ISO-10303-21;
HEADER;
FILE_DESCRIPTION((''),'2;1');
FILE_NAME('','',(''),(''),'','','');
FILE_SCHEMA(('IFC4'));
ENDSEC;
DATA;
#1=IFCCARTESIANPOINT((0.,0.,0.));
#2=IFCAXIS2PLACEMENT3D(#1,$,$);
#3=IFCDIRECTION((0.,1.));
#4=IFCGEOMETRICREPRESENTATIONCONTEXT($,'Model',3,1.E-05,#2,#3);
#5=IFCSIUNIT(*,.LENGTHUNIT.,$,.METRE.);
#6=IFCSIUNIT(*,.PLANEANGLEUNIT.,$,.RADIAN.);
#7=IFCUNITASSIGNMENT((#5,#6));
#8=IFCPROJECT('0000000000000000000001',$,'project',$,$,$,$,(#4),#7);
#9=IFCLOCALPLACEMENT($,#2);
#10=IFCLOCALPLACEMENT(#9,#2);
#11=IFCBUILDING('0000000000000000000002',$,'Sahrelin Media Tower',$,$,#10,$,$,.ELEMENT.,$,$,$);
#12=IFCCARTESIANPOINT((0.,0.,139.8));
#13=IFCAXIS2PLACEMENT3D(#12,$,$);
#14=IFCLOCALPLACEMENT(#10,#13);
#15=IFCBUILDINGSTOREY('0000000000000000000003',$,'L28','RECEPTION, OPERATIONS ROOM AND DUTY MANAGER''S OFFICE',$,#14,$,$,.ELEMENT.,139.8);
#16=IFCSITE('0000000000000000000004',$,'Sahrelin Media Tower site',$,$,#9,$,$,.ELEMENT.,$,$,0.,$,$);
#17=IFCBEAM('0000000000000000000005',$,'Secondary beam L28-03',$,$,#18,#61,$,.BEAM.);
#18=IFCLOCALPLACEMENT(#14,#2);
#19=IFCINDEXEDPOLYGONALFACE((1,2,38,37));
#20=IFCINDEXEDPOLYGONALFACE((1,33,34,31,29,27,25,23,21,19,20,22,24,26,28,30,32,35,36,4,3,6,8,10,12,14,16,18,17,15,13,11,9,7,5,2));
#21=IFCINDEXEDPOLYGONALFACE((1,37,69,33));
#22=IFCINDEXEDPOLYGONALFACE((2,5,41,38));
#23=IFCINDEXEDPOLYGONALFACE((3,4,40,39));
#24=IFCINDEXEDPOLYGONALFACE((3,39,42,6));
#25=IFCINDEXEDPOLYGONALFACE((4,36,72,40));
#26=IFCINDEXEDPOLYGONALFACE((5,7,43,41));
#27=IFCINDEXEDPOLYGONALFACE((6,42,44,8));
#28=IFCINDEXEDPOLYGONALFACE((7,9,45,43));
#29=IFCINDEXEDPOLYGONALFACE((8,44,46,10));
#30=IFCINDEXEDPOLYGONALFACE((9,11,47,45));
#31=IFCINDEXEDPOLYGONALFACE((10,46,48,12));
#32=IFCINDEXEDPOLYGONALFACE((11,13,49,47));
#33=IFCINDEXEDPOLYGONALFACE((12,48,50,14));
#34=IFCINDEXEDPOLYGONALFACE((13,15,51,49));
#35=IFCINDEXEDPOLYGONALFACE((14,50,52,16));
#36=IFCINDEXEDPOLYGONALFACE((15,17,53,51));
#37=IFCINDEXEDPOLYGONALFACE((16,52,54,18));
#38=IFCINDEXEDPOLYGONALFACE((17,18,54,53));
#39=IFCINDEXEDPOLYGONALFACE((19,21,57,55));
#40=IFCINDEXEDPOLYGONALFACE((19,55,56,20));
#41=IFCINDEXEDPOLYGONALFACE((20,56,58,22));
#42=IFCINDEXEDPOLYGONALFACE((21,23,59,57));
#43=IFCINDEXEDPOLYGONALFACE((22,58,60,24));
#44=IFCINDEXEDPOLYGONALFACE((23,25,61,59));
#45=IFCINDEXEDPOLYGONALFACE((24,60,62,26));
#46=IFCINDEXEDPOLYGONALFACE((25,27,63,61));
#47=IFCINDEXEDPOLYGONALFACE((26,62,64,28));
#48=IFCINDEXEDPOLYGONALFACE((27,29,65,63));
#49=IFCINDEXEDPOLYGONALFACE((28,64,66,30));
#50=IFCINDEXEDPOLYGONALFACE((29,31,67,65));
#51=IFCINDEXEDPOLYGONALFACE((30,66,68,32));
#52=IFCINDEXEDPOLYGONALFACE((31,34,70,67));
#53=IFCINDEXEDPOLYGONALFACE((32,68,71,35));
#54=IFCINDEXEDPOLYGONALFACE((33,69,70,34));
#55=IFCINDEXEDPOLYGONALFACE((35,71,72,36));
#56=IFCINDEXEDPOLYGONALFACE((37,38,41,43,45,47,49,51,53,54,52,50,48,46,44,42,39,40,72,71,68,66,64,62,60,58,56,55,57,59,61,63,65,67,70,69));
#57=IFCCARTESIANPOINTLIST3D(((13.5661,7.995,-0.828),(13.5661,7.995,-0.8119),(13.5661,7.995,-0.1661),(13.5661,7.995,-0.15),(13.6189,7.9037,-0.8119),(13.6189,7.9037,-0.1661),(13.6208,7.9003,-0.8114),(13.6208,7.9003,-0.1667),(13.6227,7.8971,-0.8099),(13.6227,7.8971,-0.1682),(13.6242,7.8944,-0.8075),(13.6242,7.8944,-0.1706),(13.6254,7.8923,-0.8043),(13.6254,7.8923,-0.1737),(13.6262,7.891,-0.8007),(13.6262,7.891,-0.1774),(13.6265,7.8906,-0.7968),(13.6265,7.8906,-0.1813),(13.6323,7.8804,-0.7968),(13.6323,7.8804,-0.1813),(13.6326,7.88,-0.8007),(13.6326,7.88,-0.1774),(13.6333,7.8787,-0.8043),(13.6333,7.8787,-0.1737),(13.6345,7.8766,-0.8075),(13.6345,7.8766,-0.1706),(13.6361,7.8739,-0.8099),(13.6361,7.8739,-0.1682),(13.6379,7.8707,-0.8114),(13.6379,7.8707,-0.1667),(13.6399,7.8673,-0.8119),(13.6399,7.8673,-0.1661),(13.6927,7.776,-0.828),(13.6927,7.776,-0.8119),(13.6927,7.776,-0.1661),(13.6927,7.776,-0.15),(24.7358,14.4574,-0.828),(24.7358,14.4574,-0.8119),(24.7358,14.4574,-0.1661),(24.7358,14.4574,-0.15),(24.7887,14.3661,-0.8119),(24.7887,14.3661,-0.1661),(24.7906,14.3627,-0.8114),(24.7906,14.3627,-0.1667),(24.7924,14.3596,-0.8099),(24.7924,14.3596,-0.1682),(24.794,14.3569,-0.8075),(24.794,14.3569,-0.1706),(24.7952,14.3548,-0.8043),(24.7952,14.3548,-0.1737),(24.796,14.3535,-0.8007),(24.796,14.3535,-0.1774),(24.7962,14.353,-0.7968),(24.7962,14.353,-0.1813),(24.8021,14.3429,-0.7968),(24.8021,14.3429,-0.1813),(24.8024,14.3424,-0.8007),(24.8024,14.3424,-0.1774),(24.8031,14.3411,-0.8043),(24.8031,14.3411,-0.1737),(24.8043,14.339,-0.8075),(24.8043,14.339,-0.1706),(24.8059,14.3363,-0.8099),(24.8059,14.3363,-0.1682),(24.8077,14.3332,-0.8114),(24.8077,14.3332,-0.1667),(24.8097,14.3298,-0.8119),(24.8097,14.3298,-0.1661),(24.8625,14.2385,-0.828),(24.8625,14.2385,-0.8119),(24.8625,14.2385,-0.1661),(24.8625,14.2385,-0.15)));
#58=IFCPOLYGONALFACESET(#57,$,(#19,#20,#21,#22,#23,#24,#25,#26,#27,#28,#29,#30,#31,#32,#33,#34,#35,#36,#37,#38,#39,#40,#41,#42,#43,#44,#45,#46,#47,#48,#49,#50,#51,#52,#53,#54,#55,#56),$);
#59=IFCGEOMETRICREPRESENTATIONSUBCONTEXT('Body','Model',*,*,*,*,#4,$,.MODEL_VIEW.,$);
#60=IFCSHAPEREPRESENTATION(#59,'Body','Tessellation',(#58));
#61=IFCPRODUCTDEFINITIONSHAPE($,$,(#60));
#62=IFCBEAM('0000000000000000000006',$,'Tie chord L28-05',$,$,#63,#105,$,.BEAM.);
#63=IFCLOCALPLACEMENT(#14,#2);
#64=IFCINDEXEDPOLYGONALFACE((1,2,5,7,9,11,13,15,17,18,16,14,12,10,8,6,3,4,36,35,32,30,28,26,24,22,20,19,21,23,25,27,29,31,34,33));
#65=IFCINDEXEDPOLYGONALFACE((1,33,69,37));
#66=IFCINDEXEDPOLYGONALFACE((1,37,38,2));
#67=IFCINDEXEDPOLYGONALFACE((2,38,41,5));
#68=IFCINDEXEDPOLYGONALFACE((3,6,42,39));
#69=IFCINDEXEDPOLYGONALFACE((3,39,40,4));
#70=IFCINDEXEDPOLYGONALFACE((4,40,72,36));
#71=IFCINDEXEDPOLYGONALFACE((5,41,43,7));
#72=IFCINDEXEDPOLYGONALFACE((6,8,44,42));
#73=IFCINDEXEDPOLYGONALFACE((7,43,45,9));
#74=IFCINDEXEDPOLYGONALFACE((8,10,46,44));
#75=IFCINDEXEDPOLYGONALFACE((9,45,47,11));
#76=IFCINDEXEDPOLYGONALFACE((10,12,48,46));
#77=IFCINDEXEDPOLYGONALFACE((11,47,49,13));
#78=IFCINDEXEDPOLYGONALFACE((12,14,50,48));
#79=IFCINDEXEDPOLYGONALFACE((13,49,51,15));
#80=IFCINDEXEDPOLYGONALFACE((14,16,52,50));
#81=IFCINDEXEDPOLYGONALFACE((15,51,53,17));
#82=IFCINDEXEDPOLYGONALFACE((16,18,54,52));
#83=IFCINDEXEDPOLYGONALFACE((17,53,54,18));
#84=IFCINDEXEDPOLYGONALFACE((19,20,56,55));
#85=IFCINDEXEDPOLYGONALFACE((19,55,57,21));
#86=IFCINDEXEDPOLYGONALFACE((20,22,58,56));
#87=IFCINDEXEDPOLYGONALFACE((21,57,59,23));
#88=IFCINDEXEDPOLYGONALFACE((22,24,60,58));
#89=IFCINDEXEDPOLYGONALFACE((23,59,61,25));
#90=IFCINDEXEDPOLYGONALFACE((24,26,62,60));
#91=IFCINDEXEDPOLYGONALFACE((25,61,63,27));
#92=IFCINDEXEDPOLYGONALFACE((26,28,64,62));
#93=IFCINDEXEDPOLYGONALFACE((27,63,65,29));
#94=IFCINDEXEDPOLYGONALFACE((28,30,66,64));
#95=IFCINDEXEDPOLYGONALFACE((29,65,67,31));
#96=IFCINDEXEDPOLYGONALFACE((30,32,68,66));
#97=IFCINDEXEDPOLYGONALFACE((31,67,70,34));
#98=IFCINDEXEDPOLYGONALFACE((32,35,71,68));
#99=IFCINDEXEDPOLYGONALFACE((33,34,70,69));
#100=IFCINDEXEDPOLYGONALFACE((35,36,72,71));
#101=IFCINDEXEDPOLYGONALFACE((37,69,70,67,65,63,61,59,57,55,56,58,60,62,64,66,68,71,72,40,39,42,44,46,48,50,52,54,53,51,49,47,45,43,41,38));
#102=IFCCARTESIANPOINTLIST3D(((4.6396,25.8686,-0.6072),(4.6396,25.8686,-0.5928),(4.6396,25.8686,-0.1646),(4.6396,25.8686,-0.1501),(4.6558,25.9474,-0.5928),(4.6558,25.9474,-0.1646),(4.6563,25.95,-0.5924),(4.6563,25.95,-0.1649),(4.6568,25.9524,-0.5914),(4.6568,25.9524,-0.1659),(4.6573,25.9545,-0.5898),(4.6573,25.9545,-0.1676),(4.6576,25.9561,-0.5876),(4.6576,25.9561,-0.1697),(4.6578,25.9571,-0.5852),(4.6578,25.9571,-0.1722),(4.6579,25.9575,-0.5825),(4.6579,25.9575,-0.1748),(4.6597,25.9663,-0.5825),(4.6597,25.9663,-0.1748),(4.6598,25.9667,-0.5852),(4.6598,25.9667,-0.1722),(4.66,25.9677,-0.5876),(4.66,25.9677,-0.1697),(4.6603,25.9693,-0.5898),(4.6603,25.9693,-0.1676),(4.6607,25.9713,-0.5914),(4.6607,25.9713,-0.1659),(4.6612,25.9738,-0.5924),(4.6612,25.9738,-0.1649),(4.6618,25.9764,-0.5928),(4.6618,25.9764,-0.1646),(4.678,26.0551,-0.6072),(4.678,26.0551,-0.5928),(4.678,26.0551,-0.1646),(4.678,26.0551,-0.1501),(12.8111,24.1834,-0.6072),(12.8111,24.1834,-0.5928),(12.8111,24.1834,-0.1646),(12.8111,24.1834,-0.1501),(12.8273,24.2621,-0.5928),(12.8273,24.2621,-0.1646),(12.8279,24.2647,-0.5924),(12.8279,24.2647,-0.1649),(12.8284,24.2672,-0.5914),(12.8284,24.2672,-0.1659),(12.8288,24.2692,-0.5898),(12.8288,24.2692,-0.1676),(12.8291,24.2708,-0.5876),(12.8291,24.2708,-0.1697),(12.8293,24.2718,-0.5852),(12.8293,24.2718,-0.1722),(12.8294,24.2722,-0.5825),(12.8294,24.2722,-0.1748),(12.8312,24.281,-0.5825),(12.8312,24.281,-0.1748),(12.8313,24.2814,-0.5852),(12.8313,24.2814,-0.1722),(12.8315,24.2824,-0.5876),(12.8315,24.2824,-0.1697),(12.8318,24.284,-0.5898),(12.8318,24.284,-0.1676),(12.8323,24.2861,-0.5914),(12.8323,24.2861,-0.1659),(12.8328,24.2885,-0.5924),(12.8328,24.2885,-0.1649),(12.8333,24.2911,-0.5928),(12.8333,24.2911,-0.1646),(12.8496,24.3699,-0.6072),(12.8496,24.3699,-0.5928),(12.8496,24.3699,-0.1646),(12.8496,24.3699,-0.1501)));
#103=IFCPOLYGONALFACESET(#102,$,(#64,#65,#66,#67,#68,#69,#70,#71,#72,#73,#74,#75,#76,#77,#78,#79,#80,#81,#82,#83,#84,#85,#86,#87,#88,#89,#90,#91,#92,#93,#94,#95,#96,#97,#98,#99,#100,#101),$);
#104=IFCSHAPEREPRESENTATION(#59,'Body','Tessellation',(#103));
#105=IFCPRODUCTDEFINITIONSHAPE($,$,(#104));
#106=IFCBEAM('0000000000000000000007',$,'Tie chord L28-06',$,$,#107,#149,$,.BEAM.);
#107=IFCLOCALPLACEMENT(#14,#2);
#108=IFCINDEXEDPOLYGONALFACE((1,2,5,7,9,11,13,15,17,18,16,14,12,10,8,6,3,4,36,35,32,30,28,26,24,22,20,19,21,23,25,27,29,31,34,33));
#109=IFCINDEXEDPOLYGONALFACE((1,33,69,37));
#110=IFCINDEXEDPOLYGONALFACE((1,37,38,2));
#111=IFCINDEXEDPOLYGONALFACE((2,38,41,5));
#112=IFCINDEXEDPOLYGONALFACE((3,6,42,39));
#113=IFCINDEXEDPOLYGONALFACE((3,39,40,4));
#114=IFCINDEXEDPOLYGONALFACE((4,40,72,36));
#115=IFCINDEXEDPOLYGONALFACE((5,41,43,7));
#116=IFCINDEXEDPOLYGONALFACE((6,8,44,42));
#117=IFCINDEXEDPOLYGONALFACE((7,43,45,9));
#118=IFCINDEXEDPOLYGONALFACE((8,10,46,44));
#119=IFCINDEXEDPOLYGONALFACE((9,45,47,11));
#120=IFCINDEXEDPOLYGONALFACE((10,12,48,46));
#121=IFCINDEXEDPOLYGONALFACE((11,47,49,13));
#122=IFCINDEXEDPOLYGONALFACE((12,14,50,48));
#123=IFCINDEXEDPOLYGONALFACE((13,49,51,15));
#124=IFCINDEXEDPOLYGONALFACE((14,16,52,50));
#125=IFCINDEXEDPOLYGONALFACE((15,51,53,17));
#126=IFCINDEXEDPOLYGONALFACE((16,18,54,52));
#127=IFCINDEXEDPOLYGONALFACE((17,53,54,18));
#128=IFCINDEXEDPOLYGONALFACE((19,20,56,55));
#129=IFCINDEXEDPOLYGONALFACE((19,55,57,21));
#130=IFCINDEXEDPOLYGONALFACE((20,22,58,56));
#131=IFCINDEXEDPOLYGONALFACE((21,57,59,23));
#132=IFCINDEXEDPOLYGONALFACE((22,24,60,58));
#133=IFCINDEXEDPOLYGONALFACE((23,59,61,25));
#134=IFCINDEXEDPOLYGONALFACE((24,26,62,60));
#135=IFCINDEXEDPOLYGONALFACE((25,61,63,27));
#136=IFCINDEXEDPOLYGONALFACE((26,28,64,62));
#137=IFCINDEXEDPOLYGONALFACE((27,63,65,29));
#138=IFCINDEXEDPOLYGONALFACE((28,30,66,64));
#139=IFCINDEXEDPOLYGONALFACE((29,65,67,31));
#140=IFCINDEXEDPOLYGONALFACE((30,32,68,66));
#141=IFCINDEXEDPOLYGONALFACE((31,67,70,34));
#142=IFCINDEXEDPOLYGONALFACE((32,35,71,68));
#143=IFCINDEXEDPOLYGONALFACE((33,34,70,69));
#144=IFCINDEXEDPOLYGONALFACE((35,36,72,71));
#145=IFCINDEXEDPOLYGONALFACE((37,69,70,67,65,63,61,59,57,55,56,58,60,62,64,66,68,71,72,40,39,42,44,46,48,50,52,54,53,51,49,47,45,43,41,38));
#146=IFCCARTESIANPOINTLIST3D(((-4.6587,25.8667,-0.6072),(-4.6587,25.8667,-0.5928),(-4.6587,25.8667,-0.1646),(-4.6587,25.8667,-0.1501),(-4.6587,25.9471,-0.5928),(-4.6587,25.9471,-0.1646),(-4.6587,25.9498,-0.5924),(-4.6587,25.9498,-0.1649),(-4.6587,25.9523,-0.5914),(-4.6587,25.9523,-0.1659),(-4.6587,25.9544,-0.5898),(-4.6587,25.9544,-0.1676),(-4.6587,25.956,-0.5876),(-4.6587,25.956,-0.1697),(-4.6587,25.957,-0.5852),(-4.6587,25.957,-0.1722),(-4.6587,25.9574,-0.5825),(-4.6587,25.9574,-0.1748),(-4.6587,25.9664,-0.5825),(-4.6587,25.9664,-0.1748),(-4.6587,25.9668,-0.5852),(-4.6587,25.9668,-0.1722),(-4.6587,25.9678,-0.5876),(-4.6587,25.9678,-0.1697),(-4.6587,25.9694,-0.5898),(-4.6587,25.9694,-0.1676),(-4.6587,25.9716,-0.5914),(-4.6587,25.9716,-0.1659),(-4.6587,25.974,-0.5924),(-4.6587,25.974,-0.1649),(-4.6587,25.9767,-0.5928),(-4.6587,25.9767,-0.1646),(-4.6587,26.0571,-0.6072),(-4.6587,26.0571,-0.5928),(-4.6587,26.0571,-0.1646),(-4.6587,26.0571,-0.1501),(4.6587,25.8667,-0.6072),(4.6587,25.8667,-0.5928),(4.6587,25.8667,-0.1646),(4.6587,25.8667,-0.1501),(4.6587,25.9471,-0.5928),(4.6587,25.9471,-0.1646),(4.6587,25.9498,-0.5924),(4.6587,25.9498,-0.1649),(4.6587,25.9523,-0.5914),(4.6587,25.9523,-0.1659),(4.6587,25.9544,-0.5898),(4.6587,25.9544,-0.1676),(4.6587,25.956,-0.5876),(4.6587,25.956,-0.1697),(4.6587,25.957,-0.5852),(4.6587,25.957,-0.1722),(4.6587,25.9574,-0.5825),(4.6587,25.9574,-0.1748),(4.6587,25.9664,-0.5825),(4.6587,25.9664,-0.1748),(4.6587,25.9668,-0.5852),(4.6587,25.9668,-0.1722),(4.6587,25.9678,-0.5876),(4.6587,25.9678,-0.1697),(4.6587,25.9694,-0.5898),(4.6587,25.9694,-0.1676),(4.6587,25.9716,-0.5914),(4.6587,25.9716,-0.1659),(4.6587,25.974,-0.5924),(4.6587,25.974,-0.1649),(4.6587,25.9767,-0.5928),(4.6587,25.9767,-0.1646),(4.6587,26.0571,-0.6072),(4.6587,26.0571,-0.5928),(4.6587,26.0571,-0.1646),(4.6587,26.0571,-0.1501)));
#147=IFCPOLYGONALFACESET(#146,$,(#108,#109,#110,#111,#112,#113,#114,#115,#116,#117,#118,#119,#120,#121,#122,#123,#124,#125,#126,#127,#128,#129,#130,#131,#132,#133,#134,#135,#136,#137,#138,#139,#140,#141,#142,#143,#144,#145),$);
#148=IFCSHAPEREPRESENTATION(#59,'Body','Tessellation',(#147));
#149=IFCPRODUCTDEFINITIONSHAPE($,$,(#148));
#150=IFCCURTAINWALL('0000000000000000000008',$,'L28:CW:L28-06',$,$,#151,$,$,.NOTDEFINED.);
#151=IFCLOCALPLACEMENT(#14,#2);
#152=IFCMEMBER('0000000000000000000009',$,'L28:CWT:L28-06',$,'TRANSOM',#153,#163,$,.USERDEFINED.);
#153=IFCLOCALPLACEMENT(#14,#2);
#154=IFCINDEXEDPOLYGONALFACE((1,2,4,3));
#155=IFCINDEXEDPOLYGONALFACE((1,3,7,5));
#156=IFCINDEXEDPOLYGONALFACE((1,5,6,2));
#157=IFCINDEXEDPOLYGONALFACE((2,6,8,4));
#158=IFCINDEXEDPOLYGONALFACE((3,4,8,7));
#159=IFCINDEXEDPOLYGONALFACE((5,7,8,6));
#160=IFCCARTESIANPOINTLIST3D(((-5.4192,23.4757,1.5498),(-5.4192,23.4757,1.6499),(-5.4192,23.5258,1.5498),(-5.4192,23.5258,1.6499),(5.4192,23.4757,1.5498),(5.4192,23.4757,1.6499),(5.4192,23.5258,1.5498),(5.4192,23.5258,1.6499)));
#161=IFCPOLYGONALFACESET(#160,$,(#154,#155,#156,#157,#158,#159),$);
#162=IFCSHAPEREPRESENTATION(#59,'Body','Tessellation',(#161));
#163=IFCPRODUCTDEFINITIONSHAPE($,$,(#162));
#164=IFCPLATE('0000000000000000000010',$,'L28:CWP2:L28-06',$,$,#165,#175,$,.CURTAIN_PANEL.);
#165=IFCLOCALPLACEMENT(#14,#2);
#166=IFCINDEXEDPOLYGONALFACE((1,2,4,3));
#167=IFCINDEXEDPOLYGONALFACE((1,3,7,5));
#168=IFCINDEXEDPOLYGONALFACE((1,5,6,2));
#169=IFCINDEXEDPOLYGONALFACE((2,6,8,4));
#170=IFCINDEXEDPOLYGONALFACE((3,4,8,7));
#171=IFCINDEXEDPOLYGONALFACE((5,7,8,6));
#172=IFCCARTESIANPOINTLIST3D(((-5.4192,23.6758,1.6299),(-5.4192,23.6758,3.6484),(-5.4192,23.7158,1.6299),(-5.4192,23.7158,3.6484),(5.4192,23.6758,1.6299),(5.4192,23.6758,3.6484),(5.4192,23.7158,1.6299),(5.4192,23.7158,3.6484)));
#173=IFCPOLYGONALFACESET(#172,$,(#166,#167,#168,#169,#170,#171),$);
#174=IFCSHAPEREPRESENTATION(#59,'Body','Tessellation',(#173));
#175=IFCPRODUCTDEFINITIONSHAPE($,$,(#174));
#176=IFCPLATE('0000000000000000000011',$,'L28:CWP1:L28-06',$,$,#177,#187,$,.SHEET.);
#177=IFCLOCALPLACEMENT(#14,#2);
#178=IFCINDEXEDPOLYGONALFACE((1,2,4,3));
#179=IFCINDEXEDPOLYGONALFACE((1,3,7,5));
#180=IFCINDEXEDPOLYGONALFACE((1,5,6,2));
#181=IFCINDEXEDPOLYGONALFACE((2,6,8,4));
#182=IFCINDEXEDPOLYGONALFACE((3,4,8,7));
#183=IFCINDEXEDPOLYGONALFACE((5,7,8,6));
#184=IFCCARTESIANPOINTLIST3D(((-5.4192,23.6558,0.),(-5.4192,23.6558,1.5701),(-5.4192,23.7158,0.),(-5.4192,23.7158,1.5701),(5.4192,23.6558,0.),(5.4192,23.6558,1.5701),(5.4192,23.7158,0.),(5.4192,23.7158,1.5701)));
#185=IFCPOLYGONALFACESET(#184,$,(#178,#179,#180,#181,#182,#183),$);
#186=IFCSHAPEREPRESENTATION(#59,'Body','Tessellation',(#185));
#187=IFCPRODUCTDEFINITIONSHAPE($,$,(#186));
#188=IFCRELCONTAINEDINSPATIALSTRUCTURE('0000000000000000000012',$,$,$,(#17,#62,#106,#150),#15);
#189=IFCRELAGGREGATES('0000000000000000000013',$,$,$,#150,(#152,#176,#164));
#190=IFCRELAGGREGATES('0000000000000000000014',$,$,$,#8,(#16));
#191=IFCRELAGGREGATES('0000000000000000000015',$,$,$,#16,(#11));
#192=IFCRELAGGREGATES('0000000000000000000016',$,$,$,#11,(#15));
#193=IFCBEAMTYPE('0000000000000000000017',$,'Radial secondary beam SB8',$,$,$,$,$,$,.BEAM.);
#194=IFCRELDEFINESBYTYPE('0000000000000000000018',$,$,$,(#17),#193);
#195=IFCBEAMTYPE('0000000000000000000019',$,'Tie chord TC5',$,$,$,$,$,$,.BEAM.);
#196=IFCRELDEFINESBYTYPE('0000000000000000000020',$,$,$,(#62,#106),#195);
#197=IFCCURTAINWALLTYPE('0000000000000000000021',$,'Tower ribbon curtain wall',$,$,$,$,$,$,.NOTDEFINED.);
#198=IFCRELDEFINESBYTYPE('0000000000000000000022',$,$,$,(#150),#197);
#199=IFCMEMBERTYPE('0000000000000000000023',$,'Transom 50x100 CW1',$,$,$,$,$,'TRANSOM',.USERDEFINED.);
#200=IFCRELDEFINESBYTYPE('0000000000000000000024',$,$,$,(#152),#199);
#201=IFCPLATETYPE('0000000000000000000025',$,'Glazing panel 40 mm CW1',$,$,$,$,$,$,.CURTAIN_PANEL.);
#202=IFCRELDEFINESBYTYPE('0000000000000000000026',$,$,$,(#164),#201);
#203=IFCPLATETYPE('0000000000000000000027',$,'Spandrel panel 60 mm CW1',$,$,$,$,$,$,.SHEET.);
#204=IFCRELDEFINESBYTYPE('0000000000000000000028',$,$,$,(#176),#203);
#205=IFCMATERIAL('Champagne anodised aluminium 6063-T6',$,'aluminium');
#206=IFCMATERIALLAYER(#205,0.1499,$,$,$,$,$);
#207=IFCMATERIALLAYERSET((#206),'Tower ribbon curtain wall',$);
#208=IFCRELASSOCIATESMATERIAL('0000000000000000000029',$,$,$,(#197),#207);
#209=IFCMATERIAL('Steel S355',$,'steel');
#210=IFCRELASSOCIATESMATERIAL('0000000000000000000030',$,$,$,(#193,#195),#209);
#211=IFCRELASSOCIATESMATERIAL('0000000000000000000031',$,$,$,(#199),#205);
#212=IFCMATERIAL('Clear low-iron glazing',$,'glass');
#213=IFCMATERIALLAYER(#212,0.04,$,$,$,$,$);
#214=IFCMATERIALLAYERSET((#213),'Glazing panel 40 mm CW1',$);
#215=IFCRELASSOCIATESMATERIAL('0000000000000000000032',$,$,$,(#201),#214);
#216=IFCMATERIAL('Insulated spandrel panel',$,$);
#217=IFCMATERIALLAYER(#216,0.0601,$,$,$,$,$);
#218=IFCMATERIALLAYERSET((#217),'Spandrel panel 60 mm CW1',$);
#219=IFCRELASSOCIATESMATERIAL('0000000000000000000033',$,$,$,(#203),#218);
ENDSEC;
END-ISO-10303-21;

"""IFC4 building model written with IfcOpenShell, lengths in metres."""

from ifc_helpers import new_model, si_unit, direction, frame, origin, origin_2d, place, context, subcontext, project, spatial, polyline, rectangle, i_section, outline, extrude, material, layer, layer_set, material_profile, profile_set, type_object, element, aggregate, save


model = new_model("IFC4")

# Units and contexts
model_context = context("Model", 3, precision=1e-05, world=origin(), true_north=direction((0.0, 1.0)))
body_context = subcontext(model_context, "Body", "Model", "MODEL_VIEW")
ifc_project = project(units=[si_unit("LENGTHUNIT", "METRE"), si_unit("PLANEANGLEUNIT", "RADIAN")], contexts=[model_context])

# Site, building, storey
site_placement = place(None, origin())
site = spatial("IfcSite", under=ifc_project, at=site_placement, Name="Sahrelin Media Tower site", CompositionType="ELEMENT", RefElevation=0.0)
building_placement = place(site_placement, origin())
building = spatial("IfcBuilding", under=site, at=building_placement, Name="Sahrelin Media Tower", CompositionType="ELEMENT")
storey_placement = place(building_placement, frame((0.0, 0.0, 139.8)))
storey = spatial("IfcBuildingStorey", under=building, at=storey_placement, Name="L28", Description="RECEPTION, OPERATIONS ROOM AND DUTY MANAGER'S OFFICE", CompositionType="ELEMENT", Elevation=139.8)

# Shared definitions
ifc_material_1 = material(Name="Steel S355", Category="steel")

# Shared definitions
ifc_material_2 = material(Name="Champagne anodised aluminium 6063-T6", Category="aluminium")
ifc_layer_1 = layer(ifc_material_2, 0.1499)
ifc_layer_set_1 = layer_set([ifc_layer_1], Name="Tower ribbon curtain wall")
curtain_wall_type = type_object("IfcCurtainWallType", Name="Tower ribbon curtain wall", PredefinedType="NOTDEFINED", material=ifc_layer_set_1)

# Beams
ifc_material_profile_1 = material_profile(ifc_material_1, i_section(OverallWidth=0.2529, OverallDepth=0.678, WebThickness=0.0117, FlangeThickness=0.0161, FilletRadius=0.0151, at=origin_2d()), Name="UB 686x254x125")
ifc_profile_set_1 = profile_set([ifc_material_profile_1], Name="Steel S355")
beam_type_1 = type_object("IfcBeamType", Name="Radial secondary beam SB8", PredefinedType="BEAM", material=ifc_profile_set_1)
beam_1_placement = place(storey_placement, frame((13.6294, 7.8855, -0.489), z_axis=(0.865569, 0.500789, 0.0), x_axis=(-0.500789, 0.865569, 0.0)))
element("IfcBeam", 1, at=beam_1_placement, inside=storey, type_object=beam_type_1, Name="Secondary beam L28-03", PredefinedType="BEAM", context=body_context, shape_type="SweptSolid", body=[
    extrude(i_section(OverallWidth=0.2529, OverallDepth=0.678, WebThickness=0.0117, FlangeThickness=0.0161, FilletRadius=0.0151, at=origin_2d()), origin(), (0.0, 0.0, 1.0), 12.9045),
])
ifc_material_profile_2 = material_profile(ifc_material_1, i_section(OverallWidth=0.1904, OverallDepth=0.457, WebThickness=0.009, FlangeThickness=0.0144, FilletRadius=0.0103, at=origin_2d()), Name="UB 457x191x74")
ifc_profile_set_2 = profile_set([ifc_material_profile_2], Name="Steel S355")
beam_type_2 = type_object("IfcBeamType", Name="Tie chord TC5", PredefinedType="BEAM", material=ifc_profile_set_2)
beam_2_placement = place(storey_placement, frame((12.8303, 24.2766, -0.3787), z_axis=(-0.979388, 0.201987, 0.0), x_axis=(-0.201987, -0.979388, 0.0)))
element("IfcBeam", 2, at=beam_2_placement, inside=storey, type_object=beam_type_2, Name="Tie chord L28-05", PredefinedType="BEAM", context=body_context, shape_type="SweptSolid", body=[
    extrude(i_section(OverallWidth=0.1904, OverallDepth=0.457, WebThickness=0.009, FlangeThickness=0.0144, FilletRadius=0.0103, at=origin_2d()), origin(), (0.0, 0.0, 1.0), 8.3435),
])
beam_3_placement = place(storey_placement, frame((4.6587, 25.9619, -0.3787), z_axis=(-1.0, 0.0, 0.0), x_axis=(0.0, -1.0, 0.0)))
element("IfcBeam", 3, at=beam_3_placement, inside=storey, type_object=beam_type_2, Name="Tie chord L28-06", PredefinedType="BEAM", context=body_context, shape_type="SweptSolid", body=[
    extrude(i_section(OverallWidth=0.1904, OverallDepth=0.457, WebThickness=0.009, FlangeThickness=0.0144, FilletRadius=0.0103, at=origin_2d()), origin(), (0.0, 0.0, 1.0), 9.3174),
])

# Curtain wall, member, plates
placement_1 = place(storey_placement, frame((0.0, 23.6958, 0.0), z_axis=(0.0, 0.0, 1.0), x_axis=(1.0, 0.0, 0.0)))
curtain_wall_1 = element("IfcCurtainWall", 4, at=placement_1, inside=storey, type_object=curtain_wall_type, Name="L28:CW:L28-06", PredefinedType="NOTDEFINED")
ifc_material_profile_3 = material_profile(ifc_material_2, rectangle(XDim=0.05, YDim=0.1001, at=origin_2d()), Name="Transom 50x100")
ifc_profile_set_3 = profile_set([ifc_material_profile_3], Name="Champagne anodised aluminium 6063-T6")
member_type_1 = type_object("IfcMemberType", Name="Transom 50x100 CW1", ElementType="TRANSOM", PredefinedType="USERDEFINED", material=ifc_profile_set_3)
member_1_placement = place(storey_placement, frame((5.4192, 23.5007, 1.5999), z_axis=(-1.0, 0.0, 0.0), x_axis=(0.0, -1.0, 0.0)))
member_1 = element("IfcMember", 5, at=member_1_placement, type_object=member_type_1, Name="L28:CWT:L28-06", ObjectType="TRANSOM", PredefinedType="USERDEFINED", context=body_context, shape_type="SweptSolid", body=[
    extrude(rectangle(XDim=0.05, YDim=0.1001, at=origin_2d()), origin(), (0.0, 0.0, 1.0), 10.8384),
])
ifc_material_3 = material(Name="Clear low-iron glazing", Category="glass")
ifc_layer_2 = layer(ifc_material_3, 0.04)
ifc_layer_set_2 = layer_set([ifc_layer_2], Name="Glazing panel 40 mm CW1")
plate_type_1 = type_object("IfcPlateType", Name="Glazing panel 40 mm CW1", PredefinedType="CURTAIN_PANEL", material=ifc_layer_set_2)
plate_1_placement = place(storey_placement, frame((5.4192, 23.7158, 1.6299), z_axis=(0.0, 1.0, 0.0), x_axis=(-1.0, 0.0, 0.0)))
plate_1 = element("IfcPlate", 6, at=plate_1_placement, type_object=plate_type_1, Name="L28:CWP2:L28-06", PredefinedType="CURTAIN_PANEL", context=body_context, shape_type="SweptSolid", body=[
    extrude(outline(polyline([(0.0, 0.0), (10.8384, 0.0), (10.8384, 2.0186), (0.0, 2.0186), (0.0, 0.0)])), origin(), (0.0, 0.0, -1.0), 0.04),
])
ifc_material_4 = material(Name="Insulated spandrel panel")
ifc_layer_3 = layer(ifc_material_4, 0.0601)
ifc_layer_set_3 = layer_set([ifc_layer_3], Name="Spandrel panel 60 mm CW1")
plate_type_2 = type_object("IfcPlateType", Name="Spandrel panel 60 mm CW1", PredefinedType="SHEET", material=ifc_layer_set_3)
plate_2_placement = place(storey_placement, frame((5.4192, 23.7158, 0.0), z_axis=(0.0, 1.0, 0.0), x_axis=(-1.0, 0.0, 0.0)))
plate_2 = element("IfcPlate", 7, at=plate_2_placement, type_object=plate_type_2, Name="L28:CWP1:L28-06", PredefinedType="SHEET", context=body_context, shape_type="SweptSolid", body=[
    extrude(outline(polyline([(0.0, 0.0), (10.8384, 0.0), (10.8384, 1.5701), (0.0, 1.5701), (0.0, 0.0)])), origin(), (0.0, 0.0, -1.0), 0.0601),
])
aggregate(curtain_wall_1, [member_1, plate_2, plate_1])

save(model, "model.ifc")
